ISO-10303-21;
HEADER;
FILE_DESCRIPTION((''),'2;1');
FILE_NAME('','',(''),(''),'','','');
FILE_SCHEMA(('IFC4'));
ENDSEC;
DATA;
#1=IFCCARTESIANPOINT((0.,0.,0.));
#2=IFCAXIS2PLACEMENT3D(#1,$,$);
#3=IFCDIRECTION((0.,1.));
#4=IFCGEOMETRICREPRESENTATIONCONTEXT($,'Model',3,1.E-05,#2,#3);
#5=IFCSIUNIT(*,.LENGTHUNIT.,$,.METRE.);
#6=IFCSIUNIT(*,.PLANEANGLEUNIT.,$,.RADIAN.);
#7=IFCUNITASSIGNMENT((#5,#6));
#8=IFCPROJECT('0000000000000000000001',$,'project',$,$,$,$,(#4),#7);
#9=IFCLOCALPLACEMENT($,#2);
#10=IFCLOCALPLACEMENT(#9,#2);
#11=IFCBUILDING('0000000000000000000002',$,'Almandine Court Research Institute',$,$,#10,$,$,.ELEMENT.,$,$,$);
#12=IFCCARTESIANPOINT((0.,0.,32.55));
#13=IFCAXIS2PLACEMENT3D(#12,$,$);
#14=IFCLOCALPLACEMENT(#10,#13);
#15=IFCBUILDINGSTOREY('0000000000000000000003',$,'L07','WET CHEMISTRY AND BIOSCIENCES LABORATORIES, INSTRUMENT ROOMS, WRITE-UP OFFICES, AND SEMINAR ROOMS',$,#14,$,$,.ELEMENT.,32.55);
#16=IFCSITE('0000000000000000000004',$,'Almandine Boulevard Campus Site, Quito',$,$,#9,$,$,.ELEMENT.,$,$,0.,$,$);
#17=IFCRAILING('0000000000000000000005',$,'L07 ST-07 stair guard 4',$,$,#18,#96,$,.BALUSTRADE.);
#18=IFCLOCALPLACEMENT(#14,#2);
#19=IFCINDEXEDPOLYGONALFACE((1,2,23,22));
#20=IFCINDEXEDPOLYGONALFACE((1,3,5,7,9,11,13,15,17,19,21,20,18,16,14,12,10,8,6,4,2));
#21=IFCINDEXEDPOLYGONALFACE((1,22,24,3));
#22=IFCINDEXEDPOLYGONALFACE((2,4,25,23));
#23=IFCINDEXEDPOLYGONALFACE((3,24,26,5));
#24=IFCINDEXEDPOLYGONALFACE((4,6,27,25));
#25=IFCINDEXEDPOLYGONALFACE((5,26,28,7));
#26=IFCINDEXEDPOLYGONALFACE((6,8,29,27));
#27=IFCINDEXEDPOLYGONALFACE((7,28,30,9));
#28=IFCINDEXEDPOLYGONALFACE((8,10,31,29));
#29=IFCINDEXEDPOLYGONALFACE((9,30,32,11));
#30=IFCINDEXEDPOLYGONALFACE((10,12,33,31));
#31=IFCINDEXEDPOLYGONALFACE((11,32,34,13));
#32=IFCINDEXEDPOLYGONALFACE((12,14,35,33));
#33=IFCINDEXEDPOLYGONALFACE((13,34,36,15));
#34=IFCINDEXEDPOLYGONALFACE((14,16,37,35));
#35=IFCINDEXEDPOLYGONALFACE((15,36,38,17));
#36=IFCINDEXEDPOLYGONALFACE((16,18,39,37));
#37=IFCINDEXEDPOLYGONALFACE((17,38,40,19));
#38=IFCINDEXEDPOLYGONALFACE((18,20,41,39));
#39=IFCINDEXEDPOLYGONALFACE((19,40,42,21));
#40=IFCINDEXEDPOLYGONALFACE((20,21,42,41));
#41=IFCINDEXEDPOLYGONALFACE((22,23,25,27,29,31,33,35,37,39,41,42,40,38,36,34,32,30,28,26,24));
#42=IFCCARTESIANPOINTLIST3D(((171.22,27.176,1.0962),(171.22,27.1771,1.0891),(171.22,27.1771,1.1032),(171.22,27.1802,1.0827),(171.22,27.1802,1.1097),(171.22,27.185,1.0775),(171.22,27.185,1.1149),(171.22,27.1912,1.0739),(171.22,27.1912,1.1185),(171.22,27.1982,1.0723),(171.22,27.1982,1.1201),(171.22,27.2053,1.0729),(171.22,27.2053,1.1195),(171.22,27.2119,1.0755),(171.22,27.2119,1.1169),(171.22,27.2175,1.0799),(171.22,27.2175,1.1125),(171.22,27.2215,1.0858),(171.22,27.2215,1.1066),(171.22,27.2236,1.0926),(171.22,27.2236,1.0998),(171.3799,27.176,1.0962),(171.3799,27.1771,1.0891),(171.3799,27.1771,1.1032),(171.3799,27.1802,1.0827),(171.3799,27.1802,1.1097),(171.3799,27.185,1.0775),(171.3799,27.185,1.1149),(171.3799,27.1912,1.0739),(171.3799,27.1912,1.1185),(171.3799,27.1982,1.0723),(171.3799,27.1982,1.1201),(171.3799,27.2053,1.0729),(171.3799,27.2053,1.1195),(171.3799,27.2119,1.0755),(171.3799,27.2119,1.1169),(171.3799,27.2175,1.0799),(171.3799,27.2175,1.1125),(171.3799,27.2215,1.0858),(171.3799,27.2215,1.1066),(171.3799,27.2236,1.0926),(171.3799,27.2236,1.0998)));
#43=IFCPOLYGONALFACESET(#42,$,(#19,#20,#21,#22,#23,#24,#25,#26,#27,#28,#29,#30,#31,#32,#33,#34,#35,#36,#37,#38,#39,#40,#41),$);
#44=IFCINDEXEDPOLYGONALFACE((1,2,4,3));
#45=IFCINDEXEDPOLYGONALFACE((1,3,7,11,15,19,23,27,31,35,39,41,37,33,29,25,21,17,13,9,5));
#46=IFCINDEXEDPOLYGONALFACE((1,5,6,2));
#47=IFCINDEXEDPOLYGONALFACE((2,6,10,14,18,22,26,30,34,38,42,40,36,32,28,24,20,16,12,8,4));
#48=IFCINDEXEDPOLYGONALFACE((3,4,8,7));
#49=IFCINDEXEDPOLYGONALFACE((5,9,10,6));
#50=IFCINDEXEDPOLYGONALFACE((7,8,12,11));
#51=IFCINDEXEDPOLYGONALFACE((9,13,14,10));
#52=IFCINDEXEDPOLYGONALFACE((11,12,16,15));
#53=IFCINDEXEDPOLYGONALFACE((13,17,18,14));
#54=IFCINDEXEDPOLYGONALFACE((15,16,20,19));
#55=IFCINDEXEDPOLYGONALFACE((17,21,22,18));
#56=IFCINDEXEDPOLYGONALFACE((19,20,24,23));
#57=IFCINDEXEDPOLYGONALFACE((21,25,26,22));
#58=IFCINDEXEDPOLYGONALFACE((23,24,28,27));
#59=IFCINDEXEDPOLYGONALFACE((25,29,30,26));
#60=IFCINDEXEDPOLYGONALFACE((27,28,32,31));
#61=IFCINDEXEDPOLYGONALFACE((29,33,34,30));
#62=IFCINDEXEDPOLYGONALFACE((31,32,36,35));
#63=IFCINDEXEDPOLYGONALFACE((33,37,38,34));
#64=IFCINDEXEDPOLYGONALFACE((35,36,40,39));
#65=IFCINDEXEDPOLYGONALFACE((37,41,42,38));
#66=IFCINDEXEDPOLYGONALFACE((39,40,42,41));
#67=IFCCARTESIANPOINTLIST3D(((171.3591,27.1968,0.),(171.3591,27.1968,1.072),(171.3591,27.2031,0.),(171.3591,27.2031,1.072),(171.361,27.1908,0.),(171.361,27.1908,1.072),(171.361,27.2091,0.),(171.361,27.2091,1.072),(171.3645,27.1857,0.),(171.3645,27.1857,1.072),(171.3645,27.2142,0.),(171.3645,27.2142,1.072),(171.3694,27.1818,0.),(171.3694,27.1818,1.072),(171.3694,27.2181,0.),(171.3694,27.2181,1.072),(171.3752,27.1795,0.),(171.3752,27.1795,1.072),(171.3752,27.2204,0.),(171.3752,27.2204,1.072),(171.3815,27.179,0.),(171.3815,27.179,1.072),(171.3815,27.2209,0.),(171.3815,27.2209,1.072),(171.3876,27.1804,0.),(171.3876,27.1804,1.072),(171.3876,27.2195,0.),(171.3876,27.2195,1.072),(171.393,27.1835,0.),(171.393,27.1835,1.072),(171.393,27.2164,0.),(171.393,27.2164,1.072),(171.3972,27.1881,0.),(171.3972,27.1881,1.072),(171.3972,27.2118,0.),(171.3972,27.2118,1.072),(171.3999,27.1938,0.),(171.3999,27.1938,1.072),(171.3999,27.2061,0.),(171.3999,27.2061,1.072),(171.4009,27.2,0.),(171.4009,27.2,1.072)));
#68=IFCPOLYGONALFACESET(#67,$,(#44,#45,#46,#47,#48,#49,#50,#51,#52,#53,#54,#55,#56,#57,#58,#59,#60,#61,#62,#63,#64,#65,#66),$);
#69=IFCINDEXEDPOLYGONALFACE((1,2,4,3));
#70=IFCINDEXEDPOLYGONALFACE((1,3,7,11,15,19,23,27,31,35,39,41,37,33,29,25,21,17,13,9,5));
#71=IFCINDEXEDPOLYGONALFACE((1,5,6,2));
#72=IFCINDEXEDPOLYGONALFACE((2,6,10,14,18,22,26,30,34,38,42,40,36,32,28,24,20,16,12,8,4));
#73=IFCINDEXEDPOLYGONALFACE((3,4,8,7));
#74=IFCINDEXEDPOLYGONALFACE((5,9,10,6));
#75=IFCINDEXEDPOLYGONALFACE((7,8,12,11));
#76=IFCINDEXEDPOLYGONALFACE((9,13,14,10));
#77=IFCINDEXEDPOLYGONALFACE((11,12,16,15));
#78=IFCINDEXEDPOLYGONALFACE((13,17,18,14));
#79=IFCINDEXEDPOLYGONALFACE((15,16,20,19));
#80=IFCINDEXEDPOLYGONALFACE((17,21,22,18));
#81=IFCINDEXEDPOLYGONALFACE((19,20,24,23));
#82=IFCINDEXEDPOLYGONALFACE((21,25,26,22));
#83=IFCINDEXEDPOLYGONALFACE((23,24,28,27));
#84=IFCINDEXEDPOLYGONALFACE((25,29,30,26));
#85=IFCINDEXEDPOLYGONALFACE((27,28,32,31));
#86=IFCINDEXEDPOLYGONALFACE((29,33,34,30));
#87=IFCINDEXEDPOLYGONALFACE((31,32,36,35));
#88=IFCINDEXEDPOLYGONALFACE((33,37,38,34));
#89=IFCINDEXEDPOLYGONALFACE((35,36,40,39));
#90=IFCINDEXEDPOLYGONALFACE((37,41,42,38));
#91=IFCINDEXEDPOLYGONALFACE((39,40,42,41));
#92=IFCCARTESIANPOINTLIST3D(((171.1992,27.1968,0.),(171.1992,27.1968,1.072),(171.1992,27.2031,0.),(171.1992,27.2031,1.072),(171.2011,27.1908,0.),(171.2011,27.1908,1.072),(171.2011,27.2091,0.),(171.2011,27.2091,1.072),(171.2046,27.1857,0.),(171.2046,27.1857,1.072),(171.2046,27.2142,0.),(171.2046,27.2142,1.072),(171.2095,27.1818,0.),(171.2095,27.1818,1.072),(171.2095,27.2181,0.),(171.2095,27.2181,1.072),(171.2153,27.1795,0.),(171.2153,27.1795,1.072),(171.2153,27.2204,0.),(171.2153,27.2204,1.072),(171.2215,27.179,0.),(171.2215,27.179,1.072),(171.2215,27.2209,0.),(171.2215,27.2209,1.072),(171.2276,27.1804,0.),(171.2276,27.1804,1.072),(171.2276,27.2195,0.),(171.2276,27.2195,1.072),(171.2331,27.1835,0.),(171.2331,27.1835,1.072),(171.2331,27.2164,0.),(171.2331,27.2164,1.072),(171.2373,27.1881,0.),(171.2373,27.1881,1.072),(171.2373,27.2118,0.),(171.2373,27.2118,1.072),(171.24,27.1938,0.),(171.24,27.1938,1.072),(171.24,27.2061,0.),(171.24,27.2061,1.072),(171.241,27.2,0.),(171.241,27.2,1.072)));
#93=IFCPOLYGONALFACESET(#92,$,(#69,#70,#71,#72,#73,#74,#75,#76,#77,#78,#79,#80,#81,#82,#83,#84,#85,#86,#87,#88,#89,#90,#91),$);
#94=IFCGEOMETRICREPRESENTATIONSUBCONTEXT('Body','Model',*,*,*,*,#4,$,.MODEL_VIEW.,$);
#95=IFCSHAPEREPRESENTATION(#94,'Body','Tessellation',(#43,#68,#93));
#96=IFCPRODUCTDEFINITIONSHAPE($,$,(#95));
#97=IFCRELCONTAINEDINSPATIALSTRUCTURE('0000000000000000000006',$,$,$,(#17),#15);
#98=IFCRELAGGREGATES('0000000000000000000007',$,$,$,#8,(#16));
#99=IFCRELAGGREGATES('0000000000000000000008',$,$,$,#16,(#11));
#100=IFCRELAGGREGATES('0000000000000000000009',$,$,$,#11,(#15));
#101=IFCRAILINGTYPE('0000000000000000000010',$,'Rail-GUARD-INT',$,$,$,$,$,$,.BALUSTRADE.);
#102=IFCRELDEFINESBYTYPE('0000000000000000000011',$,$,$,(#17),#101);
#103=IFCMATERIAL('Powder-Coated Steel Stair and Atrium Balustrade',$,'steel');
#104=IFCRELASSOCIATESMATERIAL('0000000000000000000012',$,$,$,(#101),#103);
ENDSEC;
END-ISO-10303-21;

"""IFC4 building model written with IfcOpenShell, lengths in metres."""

from ifc_helpers import new_model, si_unit, direction, frame, origin, origin_2d, place, context, subcontext, project, spatial, circle, extrude, material, type_object, element, save


model = new_model("IFC4")

# Units and contexts
model_context = context("Model", 3, precision=1e-05, world=origin(), true_north=direction((0.0, 1.0)))
body_context = subcontext(model_context, "Body", "Model", "MODEL_VIEW")
ifc_project = project(units=[si_unit("LENGTHUNIT", "METRE"), si_unit("PLANEANGLEUNIT", "RADIAN")], contexts=[model_context])

# Site, building, storey
site_placement = place(None, origin())
site = spatial("IfcSite", under=ifc_project, at=site_placement, Name="Almandine Boulevard Campus Site, Quito", CompositionType="ELEMENT", RefElevation=0.0)
building_placement = place(site_placement, origin())
building = spatial("IfcBuilding", under=site, at=building_placement, Name="Almandine Court Research Institute", CompositionType="ELEMENT")
storey_placement = place(building_placement, frame((0.0, 0.0, 32.55)))
storey = spatial("IfcBuildingStorey", under=building, at=storey_placement, Name="L07", Description="WET CHEMISTRY AND BIOSCIENCES LABORATORIES, INSTRUMENT ROOMS, WRITE-UP OFFICES, AND SEMINAR ROOMS", CompositionType="ELEMENT", Elevation=32.55)

# Railing
ifc_material_1 = material(Name="Powder-Coated Steel Stair and Atrium Balustrade", Category="steel")
railing_type_1 = type_object("IfcRailingType", Name="Rail-GUARD-INT", PredefinedType="BALUSTRADE", material=ifc_material_1)
railing_1_placement = place(storey_placement, frame((171.3799, 27.2, 0.0)))
element("IfcRailing", 1, at=railing_1_placement, inside=storey, type_object=railing_type_1, Name="L07 ST-07 stair guard 4", PredefinedType="BALUSTRADE", context=body_context, shape_type="SweptSolid", body=[
    extrude(circle(Radius=0.0239, at=origin_2d()), frame((0.0, 0.0, 1.0962), z_axis=(-1.0, 0.0, 0.0), x_axis=(0.0, -1.0, 0.0)), (0.0, 0.0, 1.0), 0.1599),
    extrude(circle(Radius=0.021, at=origin_2d()), origin(), (0.0, 0.0, 1.0), 1.072),
    extrude(circle(Radius=0.021, at=origin_2d()), frame((-0.1599, 0.0, 0.0)), (0.0, 0.0, 1.0), 1.072),
])

save(model, "model.ifc")
